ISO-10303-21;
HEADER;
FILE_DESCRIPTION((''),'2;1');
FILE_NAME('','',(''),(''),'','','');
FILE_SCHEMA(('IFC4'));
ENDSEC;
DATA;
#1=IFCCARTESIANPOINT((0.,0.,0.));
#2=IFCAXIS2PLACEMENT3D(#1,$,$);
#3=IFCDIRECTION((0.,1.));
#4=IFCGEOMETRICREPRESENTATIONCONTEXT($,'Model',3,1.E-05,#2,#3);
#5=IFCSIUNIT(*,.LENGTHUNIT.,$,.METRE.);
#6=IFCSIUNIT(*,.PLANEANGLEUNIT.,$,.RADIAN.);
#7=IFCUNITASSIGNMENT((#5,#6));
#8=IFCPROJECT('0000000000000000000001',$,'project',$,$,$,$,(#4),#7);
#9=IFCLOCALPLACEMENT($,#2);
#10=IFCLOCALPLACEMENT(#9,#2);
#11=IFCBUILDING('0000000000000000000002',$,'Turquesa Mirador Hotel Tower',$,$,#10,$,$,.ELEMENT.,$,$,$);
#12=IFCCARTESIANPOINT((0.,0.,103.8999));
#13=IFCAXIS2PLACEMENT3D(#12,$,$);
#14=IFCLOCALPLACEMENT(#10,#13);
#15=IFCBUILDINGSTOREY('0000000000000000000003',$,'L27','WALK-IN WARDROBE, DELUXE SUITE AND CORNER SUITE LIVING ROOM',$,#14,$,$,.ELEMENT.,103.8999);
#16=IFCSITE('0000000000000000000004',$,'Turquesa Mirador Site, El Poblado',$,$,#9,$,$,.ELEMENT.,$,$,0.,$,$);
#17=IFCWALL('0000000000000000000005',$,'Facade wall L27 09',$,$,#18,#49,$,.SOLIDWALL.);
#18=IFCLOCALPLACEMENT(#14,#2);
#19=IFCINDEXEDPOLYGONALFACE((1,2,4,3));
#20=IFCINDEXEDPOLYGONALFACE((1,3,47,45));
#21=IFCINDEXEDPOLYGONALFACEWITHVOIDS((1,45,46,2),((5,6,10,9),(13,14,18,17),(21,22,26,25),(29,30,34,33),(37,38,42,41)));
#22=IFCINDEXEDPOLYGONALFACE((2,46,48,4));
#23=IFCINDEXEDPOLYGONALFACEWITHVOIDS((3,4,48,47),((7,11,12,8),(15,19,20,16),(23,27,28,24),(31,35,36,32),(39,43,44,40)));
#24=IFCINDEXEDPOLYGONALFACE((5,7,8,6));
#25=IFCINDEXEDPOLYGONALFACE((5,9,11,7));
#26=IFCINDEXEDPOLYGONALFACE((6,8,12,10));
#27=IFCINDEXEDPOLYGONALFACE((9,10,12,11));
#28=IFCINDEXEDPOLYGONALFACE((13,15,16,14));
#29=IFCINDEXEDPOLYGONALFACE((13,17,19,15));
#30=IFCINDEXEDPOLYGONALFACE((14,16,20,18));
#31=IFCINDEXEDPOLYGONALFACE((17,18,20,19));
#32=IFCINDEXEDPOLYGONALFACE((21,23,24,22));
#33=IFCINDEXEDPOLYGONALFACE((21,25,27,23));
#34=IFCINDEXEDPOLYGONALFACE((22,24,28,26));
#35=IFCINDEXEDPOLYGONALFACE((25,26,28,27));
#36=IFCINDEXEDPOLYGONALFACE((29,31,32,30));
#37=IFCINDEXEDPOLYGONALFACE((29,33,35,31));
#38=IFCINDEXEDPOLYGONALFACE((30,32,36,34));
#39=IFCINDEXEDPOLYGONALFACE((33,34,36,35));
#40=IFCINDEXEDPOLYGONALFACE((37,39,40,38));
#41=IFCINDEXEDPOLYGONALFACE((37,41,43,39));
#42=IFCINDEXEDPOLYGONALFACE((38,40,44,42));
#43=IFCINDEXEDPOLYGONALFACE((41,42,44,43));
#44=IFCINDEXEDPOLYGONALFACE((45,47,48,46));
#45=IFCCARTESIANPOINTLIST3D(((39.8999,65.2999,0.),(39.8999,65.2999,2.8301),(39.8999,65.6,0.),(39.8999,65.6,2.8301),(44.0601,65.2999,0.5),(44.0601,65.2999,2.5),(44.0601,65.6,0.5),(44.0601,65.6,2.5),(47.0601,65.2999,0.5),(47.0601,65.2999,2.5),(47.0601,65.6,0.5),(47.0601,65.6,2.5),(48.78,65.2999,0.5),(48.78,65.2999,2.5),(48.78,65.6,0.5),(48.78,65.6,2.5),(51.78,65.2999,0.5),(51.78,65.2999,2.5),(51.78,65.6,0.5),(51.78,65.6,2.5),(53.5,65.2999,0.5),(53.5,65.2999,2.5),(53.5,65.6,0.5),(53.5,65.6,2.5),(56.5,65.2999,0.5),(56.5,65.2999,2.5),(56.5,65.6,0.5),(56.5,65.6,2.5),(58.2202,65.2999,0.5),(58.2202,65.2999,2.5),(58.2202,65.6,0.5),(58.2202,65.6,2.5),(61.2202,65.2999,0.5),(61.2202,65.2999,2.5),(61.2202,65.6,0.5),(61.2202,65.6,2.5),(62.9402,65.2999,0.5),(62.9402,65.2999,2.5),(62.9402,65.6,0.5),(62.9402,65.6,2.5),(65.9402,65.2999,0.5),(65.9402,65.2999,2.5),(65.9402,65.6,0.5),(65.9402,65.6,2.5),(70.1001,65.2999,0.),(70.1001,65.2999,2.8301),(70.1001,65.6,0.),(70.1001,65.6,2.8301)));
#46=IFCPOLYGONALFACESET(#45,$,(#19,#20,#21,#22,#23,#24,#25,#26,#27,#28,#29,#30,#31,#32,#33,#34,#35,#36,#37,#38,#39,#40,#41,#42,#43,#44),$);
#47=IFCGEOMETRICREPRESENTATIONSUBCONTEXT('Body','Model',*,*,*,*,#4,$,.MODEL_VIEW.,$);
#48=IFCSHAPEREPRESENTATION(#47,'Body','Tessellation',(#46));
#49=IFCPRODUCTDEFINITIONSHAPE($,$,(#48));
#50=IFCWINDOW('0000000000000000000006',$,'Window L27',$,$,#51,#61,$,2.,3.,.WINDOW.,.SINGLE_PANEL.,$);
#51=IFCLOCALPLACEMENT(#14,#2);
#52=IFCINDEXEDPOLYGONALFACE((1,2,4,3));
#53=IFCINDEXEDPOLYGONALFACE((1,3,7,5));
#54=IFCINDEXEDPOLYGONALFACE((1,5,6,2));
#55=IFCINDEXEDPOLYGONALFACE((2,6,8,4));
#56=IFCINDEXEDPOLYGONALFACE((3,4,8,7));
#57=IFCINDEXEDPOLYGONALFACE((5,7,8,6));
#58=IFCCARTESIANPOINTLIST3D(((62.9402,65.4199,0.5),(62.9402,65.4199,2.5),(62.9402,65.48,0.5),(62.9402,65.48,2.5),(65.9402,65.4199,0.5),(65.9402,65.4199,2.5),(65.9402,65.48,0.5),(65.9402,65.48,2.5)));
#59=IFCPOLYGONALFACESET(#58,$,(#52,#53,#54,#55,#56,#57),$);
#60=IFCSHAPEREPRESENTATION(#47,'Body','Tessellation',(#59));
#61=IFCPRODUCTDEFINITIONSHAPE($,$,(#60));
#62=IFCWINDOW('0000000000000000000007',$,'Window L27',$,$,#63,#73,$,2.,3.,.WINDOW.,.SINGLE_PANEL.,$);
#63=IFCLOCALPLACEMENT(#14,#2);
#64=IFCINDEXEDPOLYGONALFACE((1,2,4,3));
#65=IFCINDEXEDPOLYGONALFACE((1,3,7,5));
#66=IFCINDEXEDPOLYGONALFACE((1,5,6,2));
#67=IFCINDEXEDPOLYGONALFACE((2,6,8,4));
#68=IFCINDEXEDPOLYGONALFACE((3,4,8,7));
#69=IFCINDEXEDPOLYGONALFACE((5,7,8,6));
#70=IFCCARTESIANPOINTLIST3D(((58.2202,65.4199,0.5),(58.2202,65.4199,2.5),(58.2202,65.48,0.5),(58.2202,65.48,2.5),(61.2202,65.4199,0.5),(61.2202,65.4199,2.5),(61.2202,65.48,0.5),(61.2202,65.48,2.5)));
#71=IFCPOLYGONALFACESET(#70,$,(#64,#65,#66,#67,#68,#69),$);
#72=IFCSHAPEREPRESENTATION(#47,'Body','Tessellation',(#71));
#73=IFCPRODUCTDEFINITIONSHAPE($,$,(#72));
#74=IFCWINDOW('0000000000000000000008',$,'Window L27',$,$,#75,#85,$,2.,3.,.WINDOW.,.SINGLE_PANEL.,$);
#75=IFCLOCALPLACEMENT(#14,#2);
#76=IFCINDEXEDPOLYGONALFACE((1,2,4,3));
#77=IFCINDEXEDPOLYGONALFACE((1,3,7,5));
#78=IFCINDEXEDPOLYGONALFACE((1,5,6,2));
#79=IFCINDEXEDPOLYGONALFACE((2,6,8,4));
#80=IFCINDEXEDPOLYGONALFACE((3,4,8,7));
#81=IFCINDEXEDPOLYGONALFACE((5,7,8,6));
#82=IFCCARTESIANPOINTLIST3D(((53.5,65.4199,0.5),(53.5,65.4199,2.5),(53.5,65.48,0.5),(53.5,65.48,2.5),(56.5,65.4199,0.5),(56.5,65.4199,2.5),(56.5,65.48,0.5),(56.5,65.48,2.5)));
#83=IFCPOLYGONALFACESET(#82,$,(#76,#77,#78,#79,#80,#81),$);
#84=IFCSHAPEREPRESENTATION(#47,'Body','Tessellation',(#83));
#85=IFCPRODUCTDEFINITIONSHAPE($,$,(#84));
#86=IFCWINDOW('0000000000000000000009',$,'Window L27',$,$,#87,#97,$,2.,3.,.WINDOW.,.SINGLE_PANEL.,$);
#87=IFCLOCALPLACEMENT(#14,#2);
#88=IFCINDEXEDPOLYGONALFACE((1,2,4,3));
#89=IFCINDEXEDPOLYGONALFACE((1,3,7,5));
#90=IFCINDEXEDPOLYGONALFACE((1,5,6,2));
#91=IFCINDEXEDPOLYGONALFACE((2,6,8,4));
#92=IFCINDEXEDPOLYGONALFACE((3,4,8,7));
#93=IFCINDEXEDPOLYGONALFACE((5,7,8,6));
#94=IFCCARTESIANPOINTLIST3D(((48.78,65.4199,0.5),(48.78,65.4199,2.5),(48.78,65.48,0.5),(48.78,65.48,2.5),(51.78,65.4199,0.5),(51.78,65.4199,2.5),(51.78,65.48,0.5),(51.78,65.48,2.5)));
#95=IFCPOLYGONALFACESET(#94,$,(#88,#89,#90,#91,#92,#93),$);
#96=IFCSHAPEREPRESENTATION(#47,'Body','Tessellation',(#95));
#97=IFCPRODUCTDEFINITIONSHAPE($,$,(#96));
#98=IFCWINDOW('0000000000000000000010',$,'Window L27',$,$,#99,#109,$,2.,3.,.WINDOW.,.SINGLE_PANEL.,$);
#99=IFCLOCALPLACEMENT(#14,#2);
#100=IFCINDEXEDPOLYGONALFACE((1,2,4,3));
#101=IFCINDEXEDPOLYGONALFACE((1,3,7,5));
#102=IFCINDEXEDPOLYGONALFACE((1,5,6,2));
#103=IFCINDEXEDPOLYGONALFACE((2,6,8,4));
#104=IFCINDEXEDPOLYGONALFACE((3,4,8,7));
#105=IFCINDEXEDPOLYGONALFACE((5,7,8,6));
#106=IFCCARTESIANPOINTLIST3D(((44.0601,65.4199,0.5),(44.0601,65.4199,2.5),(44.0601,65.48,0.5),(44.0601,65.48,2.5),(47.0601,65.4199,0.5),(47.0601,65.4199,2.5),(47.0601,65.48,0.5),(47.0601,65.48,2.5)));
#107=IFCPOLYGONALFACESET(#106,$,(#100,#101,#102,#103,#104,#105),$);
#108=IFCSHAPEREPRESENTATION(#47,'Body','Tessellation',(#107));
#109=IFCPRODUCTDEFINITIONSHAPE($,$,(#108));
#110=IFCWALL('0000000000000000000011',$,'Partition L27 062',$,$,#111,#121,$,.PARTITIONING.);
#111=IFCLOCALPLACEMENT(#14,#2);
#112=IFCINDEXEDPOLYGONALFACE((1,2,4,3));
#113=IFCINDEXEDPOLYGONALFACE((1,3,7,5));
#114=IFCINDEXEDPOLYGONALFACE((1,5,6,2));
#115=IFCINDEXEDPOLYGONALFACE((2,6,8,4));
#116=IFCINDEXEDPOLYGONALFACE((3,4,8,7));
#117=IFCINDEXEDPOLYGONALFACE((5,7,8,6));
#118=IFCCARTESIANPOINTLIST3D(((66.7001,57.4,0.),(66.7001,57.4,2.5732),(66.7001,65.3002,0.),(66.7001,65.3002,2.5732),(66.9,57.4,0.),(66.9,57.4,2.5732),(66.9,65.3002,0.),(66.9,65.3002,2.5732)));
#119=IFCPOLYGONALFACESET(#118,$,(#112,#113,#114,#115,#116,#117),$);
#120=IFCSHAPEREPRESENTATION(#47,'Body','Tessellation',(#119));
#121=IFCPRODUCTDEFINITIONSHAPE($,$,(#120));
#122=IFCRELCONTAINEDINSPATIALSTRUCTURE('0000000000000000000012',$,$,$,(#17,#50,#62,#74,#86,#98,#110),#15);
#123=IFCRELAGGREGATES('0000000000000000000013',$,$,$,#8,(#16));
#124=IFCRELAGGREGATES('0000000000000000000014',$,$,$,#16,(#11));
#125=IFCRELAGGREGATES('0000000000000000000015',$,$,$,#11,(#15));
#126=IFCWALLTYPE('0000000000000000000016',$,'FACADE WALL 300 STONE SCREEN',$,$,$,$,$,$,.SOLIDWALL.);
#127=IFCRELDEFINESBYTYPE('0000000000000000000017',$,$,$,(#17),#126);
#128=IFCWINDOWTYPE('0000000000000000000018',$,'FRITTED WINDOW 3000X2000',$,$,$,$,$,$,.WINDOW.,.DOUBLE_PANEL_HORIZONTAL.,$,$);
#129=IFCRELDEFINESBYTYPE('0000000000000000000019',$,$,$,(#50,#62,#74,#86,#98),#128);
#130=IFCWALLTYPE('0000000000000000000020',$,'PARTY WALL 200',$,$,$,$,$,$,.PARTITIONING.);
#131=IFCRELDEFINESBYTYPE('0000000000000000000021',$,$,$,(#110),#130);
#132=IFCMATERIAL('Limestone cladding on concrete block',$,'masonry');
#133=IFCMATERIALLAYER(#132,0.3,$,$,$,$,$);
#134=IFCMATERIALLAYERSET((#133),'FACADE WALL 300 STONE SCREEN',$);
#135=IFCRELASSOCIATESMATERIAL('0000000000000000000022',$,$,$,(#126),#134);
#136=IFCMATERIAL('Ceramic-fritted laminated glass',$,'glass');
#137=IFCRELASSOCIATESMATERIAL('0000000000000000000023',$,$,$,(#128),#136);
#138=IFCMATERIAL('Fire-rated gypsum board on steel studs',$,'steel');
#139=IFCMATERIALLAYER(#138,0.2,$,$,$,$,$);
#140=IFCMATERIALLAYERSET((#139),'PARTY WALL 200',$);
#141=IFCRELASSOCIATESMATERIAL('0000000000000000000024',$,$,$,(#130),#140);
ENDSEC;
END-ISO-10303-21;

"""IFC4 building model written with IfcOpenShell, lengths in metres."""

from ifc_helpers import new_model, si_unit, direction, frame, frame_2d, origin, place, context, subcontext, project, spatial, rectangle, extrude, material, layer, layer_set, type_object, element, fill, save


model = new_model("IFC4")

# Units and contexts
model_context = context("Model", 3, precision=1e-05, world=origin(), true_north=direction((0.0, 1.0)))
body_context = subcontext(model_context, "Body", "Model", "MODEL_VIEW")
ifc_project = project(units=[si_unit("LENGTHUNIT", "METRE"), si_unit("PLANEANGLEUNIT", "RADIAN")], contexts=[model_context])

# Site, building, storey
site_placement = place(None, origin())
site = spatial("IfcSite", under=ifc_project, at=site_placement, Name="Turquesa Mirador Site, El Poblado", CompositionType="ELEMENT", RefElevation=0.0)
building_placement = place(site_placement, origin())
building = spatial("IfcBuilding", under=site, at=building_placement, Name="Turquesa Mirador Hotel Tower", CompositionType="ELEMENT")
storey_placement = place(building_placement, frame((0.0, 0.0, 103.8999)))
storey = spatial("IfcBuildingStorey", under=building, at=storey_placement, Name="L27", Description="WALK-IN WARDROBE, DELUXE SUITE AND CORNER SUITE LIVING ROOM", CompositionType="ELEMENT", Elevation=103.8999)

# Shared definitions
ifc_material_1 = material(Name="Limestone cladding on concrete block", Category="masonry")
ifc_layer_1 = layer(ifc_material_1, 0.3)
ifc_layer_set_1 = layer_set([ifc_layer_1], Name="FACADE WALL 300 STONE SCREEN")
wall_type_1 = type_object("IfcWallType", Name="FACADE WALL 300 STONE SCREEN", PredefinedType="SOLIDWALL", material=ifc_layer_set_1)

# Wall, openings, windows
wall_1_placement = place(storey_placement, frame((70.1001, 65.45, 0.0), z_axis=(0.0, 0.0, 1.0), x_axis=(-1.0, 0.0, 0.0)))
wall_1 = element("IfcWall", 1, at=wall_1_placement, inside=storey, type_object=wall_type_1, Name="Facade wall L27 09", PredefinedType="SOLIDWALL", context=body_context, shape_type="SweptSolid", body=[
    extrude(rectangle(XDim=30.2002, YDim=0.3, at=frame_2d((15.1001, 0.0))), origin(), (0.0, 0.0, 1.0), 2.8301),
])
opening_1_placement = place(wall_1_placement, frame((4.1599, 0.0, 0.5)))
opening_1 = element("IfcOpeningElement", 2, at=opening_1_placement, cuts=wall_1, PredefinedType="OPENING", context=body_context, shape_type="SweptSolid", body=[
    extrude(rectangle(XDim=3.0, YDim=2.0, at=frame_2d((1.5, 1.0))), frame((0.0, 0.1599, 0.0), z_axis=(0.0, -1.0, 0.0), x_axis=(1.0, 0.0, 0.0)), (0.0, 0.0, 1.0), 0.3201),
])
opening_2_placement = place(wall_1_placement, frame((8.8799, 0.0, 0.5)))
opening_2 = element("IfcOpeningElement", 3, at=opening_2_placement, cuts=wall_1, PredefinedType="OPENING", context=body_context, shape_type="SweptSolid", body=[
    extrude(rectangle(XDim=3.0, YDim=2.0, at=frame_2d((1.5, 1.0))), frame((0.0, 0.1599, 0.0), z_axis=(0.0, -1.0, 0.0), x_axis=(1.0, 0.0, 0.0)), (0.0, 0.0, 1.0), 0.3201),
])
opening_3_placement = place(wall_1_placement, frame((13.6001, 0.0, 0.5)))
opening_3 = element("IfcOpeningElement", 4, at=opening_3_placement, cuts=wall_1, PredefinedType="OPENING", context=body_context, shape_type="SweptSolid", body=[
    extrude(rectangle(XDim=3.0, YDim=2.0, at=frame_2d((1.5, 1.0))), frame((0.0, 0.1599, 0.0), z_axis=(0.0, -1.0, 0.0), x_axis=(1.0, 0.0, 0.0)), (0.0, 0.0, 1.0), 0.3201),
])
opening_4_placement = place(wall_1_placement, frame((18.3201, 0.0, 0.5)))
opening_4 = element("IfcOpeningElement", 5, at=opening_4_placement, cuts=wall_1, PredefinedType="OPENING", context=body_context, shape_type="SweptSolid", body=[
    extrude(rectangle(XDim=3.0, YDim=2.0, at=frame_2d((1.5, 1.0))), frame((0.0, 0.1599, 0.0), z_axis=(0.0, -1.0, 0.0), x_axis=(1.0, 0.0, 0.0)), (0.0, 0.0, 1.0), 0.3201),
])
opening_5_placement = place(wall_1_placement, frame((23.04, 0.0, 0.5)))
opening_5 = element("IfcOpeningElement", 6, at=opening_5_placement, cuts=wall_1, PredefinedType="OPENING", context=body_context, shape_type="SweptSolid", body=[
    extrude(rectangle(XDim=3.0, YDim=2.0, at=frame_2d((1.5, 1.0))), frame((0.0, 0.1599, 0.0), z_axis=(0.0, -1.0, 0.0), x_axis=(1.0, 0.0, 0.0)), (0.0, 0.0, 1.0), 0.3201),
])
ifc_material_2 = material(Name="Ceramic-fritted laminated glass", Category="glass")
window_type_1 = type_object("IfcWindowType", Name="FRITTED WINDOW 3000X2000", PartitioningType="DOUBLE_PANEL_HORIZONTAL", PredefinedType="WINDOW", material=ifc_material_2)
window_1_placement = place(opening_1_placement, origin())
window_1 = element("IfcWindow", 7, at=window_1_placement, inside=storey, type_object=window_type_1, Name="Window L27", OverallHeight=2.0, OverallWidth=3.0, PartitioningType="SINGLE_PANEL", PredefinedType="WINDOW", context=body_context, shape_type="SweptSolid", body=[
    extrude(rectangle(XDim=3.0, YDim=2.0, at=frame_2d((1.5, 1.0))), frame((0.0, 0.03, 0.0), z_axis=(0.0, -1.0, 0.0), x_axis=(1.0, 0.0, 0.0)), (0.0, 0.0, 1.0), 0.0601),
])
fill(opening_1, window_1)
window_2_placement = place(opening_2_placement, origin())
window_2 = element("IfcWindow", 8, at=window_2_placement, inside=storey, type_object=window_type_1, Name="Window L27", OverallHeight=2.0, OverallWidth=3.0, PartitioningType="SINGLE_PANEL", PredefinedType="WINDOW", context=body_context, shape_type="SweptSolid", body=[
    extrude(rectangle(XDim=3.0, YDim=2.0, at=frame_2d((1.5, 1.0))), frame((0.0, 0.03, 0.0), z_axis=(0.0, -1.0, 0.0), x_axis=(1.0, 0.0, 0.0)), (0.0, 0.0, 1.0), 0.0601),
])
fill(opening_2, window_2)
window_3_placement = place(opening_3_placement, origin())
window_3 = element("IfcWindow", 9, at=window_3_placement, inside=storey, type_object=window_type_1, Name="Window L27", OverallHeight=2.0, OverallWidth=3.0, PartitioningType="SINGLE_PANEL", PredefinedType="WINDOW", context=body_context, shape_type="SweptSolid", body=[
    extrude(rectangle(XDim=3.0, YDim=2.0, at=frame_2d((1.5, 1.0))), frame((0.0, 0.03, 0.0), z_axis=(0.0, -1.0, 0.0), x_axis=(1.0, 0.0, 0.0)), (0.0, 0.0, 1.0), 0.0601),
])
fill(opening_3, window_3)
window_4_placement = place(opening_4_placement, origin())
window_4 = element("IfcWindow", 10, at=window_4_placement, inside=storey, type_object=window_type_1, Name="Window L27", OverallHeight=2.0, OverallWidth=3.0, PartitioningType="SINGLE_PANEL", PredefinedType="WINDOW", context=body_context, shape_type="SweptSolid", body=[
    extrude(rectangle(XDim=3.0, YDim=2.0, at=frame_2d((1.5, 1.0))), frame((0.0, 0.03, 0.0), z_axis=(0.0, -1.0, 0.0), x_axis=(1.0, 0.0, 0.0)), (0.0, 0.0, 1.0), 0.0601),
])
fill(opening_4, window_4)
window_5_placement = place(opening_5_placement, origin())
window_5 = element("IfcWindow", 11, at=window_5_placement, inside=storey, type_object=window_type_1, Name="Window L27", OverallHeight=2.0, OverallWidth=3.0, PartitioningType="SINGLE_PANEL", PredefinedType="WINDOW", context=body_context, shape_type="SweptSolid", body=[
    extrude(rectangle(XDim=3.0, YDim=2.0, at=frame_2d((1.5, 1.0))), frame((0.0, 0.03, 0.0), z_axis=(0.0, -1.0, 0.0), x_axis=(1.0, 0.0, 0.0)), (0.0, 0.0, 1.0), 0.0601),
])
fill(opening_5, window_5)

# Wall
ifc_material_3 = material(Name="Fire-rated gypsum board on steel studs", Category="steel")
ifc_layer_2 = layer(ifc_material_3, 0.2)
ifc_layer_set_2 = layer_set([ifc_layer_2], Name="PARTY WALL 200")
wall_type_2 = type_object("IfcWallType", Name="PARTY WALL 200", PredefinedType="PARTITIONING", material=ifc_layer_set_2)
wall_2_placement = place(storey_placement, frame((66.8, 57.3999, 0.0), z_axis=(0.0, 0.0, 1.0), x_axis=(0.0, 1.0, 0.0)))
element("IfcWall", 12, at=wall_2_placement, inside=storey, type_object=wall_type_2, Name="Partition L27 062", PredefinedType="PARTITIONING", context=body_context, shape_type="SweptSolid", body=[
    extrude(rectangle(XDim=7.9001, YDim=0.2, at=frame_2d((3.9502, 0.0))), origin(), (0.0, 0.0, 1.0), 2.5732),
])

save(model, "model.ifc")
